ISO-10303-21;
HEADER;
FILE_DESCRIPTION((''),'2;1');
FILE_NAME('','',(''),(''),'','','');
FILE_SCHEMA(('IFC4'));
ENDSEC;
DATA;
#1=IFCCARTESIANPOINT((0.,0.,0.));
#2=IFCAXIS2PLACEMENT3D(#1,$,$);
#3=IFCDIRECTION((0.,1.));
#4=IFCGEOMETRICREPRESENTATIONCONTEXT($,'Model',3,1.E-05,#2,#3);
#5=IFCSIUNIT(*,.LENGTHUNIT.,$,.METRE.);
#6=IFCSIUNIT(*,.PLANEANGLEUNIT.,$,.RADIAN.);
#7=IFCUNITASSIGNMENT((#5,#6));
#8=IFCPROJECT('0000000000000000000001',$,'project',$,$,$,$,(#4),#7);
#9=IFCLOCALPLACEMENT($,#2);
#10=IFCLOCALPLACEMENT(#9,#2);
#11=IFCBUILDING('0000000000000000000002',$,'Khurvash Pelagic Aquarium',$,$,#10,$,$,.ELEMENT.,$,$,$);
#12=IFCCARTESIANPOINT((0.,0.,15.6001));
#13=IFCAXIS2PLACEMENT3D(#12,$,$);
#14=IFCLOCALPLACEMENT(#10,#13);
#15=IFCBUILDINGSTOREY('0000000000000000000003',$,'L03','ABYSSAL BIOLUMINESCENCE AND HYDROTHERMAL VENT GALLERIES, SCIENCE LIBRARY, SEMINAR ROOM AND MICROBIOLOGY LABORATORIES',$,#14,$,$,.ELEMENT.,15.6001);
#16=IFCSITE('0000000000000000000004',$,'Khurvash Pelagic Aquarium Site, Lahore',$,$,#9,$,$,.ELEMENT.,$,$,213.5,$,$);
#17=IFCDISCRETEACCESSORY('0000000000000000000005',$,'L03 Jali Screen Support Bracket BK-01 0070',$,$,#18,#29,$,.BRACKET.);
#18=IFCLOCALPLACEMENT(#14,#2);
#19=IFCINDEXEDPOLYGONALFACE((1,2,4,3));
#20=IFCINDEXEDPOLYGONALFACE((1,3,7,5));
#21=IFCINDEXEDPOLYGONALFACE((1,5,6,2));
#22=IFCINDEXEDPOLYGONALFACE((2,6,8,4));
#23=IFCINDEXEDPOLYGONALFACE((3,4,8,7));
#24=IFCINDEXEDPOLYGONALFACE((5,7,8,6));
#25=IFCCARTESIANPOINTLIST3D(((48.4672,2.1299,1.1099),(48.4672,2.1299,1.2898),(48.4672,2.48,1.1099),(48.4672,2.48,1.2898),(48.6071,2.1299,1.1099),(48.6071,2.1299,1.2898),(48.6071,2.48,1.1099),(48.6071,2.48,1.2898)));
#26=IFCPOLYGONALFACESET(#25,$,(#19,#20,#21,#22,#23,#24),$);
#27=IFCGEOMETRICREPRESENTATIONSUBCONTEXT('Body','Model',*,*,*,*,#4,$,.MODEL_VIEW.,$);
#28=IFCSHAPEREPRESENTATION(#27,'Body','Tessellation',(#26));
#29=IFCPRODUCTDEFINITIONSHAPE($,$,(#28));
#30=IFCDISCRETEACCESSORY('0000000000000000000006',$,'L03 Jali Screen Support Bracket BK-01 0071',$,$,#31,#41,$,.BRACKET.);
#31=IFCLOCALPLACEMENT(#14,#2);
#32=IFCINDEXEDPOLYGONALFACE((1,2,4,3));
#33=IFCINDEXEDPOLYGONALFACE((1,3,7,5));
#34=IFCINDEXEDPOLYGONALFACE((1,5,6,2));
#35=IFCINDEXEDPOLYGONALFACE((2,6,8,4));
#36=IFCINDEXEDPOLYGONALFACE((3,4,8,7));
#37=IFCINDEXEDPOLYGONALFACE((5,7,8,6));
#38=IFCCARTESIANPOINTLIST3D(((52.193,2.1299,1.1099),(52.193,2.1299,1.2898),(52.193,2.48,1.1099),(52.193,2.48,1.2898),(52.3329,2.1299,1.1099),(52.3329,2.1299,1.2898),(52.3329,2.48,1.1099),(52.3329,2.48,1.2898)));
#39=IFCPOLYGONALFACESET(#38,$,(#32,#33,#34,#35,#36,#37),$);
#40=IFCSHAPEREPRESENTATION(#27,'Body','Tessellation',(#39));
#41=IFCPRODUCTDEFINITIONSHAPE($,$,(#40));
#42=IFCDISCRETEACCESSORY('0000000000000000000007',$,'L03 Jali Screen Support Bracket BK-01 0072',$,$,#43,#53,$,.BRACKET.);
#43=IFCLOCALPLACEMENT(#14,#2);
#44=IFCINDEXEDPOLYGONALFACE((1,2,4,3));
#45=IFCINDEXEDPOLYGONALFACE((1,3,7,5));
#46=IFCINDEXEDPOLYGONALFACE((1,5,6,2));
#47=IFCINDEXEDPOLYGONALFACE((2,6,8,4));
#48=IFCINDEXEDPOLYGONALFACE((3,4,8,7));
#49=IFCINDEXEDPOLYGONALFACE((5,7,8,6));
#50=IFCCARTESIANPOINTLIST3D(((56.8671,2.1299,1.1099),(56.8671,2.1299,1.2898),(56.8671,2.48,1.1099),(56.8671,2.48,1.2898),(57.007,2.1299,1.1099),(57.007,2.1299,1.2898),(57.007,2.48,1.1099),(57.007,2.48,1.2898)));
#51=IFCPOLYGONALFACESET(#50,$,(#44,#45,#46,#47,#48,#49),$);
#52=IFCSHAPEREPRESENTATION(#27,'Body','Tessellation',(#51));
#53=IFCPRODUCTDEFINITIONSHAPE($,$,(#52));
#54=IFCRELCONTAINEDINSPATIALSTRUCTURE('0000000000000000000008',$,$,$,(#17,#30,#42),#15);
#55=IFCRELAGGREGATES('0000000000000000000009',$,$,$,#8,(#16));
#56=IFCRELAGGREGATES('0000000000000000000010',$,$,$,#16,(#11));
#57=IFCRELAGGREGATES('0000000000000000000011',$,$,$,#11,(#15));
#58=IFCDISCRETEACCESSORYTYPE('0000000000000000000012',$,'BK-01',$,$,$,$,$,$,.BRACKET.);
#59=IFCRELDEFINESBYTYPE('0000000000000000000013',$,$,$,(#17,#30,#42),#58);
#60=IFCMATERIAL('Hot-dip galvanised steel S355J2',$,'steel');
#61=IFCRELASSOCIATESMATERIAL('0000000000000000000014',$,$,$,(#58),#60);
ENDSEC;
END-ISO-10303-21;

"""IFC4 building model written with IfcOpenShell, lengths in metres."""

from ifc_helpers import new_model, si_unit, direction, frame, origin, origin_2d, place, context, subcontext, project, spatial, rectangle, extrude, material, type_object, element, save


model = new_model("IFC4")

# Units and contexts
model_context = context("Model", 3, precision=1e-05, world=origin(), true_north=direction((0.0, 1.0)))
body_context = subcontext(model_context, "Body", "Model", "MODEL_VIEW")
ifc_project = project(units=[si_unit("LENGTHUNIT", "METRE"), si_unit("PLANEANGLEUNIT", "RADIAN")], contexts=[model_context])

# Site, building, storey
site_placement = place(None, origin())
site = spatial("IfcSite", under=ifc_project, at=site_placement, Name="Khurvash Pelagic Aquarium Site, Lahore", CompositionType="ELEMENT", RefElevation=213.5)
building_placement = place(site_placement, origin())
building = spatial("IfcBuilding", under=site, at=building_placement, Name="Khurvash Pelagic Aquarium", CompositionType="ELEMENT")
storey_placement = place(building_placement, frame((0.0, 0.0, 15.6001)))
storey = spatial("IfcBuildingStorey", under=building, at=storey_placement, Name="L03", Description="ABYSSAL BIOLUMINESCENCE AND HYDROTHERMAL VENT GALLERIES, SCIENCE LIBRARY, SEMINAR ROOM AND MICROBIOLOGY LABORATORIES", CompositionType="ELEMENT", Elevation=15.6001)

# Discrete accessories
ifc_material_1 = material(Name="Hot-dip galvanised steel S355J2", Category="steel")
discrete_accessory_type = type_object("IfcDiscreteAccessoryType", Name="BK-01", PredefinedType="BRACKET", material=ifc_material_1)
for number, where, z_axis, x_axis, name in (
    (1, (48.5371, 2.3049, 1.1099), (0.0, 0.0, 1.0), (1.0, 0.0, 0.0), "L03 Jali Screen Support Bracket BK-01 0070"),
    (2, (52.2629, 2.3049, 1.1099), (0.0, 0.0, 1.0), (1.0, 0.0, 0.0), "L03 Jali Screen Support Bracket BK-01 0071"),
    (3, (56.937, 2.3049, 1.1099), (0.0, 0.0, 1.0), (1.0, 0.0, 0.0), "L03 Jali Screen Support Bracket BK-01 0072"),
):
    element("IfcDiscreteAccessory", number, at=place(storey_placement, frame(where, z_axis=z_axis, x_axis=x_axis)), inside=storey, type_object=discrete_accessory_type, Name=name, PredefinedType="BRACKET", context=body_context, shape_type="SweptSolid", body=[
        extrude(rectangle(XDim=0.1399, YDim=0.3501, at=origin_2d()), origin(), (0.0, 0.0, 1.0), 0.1799),
    ])

save(model, "model.ifc")
